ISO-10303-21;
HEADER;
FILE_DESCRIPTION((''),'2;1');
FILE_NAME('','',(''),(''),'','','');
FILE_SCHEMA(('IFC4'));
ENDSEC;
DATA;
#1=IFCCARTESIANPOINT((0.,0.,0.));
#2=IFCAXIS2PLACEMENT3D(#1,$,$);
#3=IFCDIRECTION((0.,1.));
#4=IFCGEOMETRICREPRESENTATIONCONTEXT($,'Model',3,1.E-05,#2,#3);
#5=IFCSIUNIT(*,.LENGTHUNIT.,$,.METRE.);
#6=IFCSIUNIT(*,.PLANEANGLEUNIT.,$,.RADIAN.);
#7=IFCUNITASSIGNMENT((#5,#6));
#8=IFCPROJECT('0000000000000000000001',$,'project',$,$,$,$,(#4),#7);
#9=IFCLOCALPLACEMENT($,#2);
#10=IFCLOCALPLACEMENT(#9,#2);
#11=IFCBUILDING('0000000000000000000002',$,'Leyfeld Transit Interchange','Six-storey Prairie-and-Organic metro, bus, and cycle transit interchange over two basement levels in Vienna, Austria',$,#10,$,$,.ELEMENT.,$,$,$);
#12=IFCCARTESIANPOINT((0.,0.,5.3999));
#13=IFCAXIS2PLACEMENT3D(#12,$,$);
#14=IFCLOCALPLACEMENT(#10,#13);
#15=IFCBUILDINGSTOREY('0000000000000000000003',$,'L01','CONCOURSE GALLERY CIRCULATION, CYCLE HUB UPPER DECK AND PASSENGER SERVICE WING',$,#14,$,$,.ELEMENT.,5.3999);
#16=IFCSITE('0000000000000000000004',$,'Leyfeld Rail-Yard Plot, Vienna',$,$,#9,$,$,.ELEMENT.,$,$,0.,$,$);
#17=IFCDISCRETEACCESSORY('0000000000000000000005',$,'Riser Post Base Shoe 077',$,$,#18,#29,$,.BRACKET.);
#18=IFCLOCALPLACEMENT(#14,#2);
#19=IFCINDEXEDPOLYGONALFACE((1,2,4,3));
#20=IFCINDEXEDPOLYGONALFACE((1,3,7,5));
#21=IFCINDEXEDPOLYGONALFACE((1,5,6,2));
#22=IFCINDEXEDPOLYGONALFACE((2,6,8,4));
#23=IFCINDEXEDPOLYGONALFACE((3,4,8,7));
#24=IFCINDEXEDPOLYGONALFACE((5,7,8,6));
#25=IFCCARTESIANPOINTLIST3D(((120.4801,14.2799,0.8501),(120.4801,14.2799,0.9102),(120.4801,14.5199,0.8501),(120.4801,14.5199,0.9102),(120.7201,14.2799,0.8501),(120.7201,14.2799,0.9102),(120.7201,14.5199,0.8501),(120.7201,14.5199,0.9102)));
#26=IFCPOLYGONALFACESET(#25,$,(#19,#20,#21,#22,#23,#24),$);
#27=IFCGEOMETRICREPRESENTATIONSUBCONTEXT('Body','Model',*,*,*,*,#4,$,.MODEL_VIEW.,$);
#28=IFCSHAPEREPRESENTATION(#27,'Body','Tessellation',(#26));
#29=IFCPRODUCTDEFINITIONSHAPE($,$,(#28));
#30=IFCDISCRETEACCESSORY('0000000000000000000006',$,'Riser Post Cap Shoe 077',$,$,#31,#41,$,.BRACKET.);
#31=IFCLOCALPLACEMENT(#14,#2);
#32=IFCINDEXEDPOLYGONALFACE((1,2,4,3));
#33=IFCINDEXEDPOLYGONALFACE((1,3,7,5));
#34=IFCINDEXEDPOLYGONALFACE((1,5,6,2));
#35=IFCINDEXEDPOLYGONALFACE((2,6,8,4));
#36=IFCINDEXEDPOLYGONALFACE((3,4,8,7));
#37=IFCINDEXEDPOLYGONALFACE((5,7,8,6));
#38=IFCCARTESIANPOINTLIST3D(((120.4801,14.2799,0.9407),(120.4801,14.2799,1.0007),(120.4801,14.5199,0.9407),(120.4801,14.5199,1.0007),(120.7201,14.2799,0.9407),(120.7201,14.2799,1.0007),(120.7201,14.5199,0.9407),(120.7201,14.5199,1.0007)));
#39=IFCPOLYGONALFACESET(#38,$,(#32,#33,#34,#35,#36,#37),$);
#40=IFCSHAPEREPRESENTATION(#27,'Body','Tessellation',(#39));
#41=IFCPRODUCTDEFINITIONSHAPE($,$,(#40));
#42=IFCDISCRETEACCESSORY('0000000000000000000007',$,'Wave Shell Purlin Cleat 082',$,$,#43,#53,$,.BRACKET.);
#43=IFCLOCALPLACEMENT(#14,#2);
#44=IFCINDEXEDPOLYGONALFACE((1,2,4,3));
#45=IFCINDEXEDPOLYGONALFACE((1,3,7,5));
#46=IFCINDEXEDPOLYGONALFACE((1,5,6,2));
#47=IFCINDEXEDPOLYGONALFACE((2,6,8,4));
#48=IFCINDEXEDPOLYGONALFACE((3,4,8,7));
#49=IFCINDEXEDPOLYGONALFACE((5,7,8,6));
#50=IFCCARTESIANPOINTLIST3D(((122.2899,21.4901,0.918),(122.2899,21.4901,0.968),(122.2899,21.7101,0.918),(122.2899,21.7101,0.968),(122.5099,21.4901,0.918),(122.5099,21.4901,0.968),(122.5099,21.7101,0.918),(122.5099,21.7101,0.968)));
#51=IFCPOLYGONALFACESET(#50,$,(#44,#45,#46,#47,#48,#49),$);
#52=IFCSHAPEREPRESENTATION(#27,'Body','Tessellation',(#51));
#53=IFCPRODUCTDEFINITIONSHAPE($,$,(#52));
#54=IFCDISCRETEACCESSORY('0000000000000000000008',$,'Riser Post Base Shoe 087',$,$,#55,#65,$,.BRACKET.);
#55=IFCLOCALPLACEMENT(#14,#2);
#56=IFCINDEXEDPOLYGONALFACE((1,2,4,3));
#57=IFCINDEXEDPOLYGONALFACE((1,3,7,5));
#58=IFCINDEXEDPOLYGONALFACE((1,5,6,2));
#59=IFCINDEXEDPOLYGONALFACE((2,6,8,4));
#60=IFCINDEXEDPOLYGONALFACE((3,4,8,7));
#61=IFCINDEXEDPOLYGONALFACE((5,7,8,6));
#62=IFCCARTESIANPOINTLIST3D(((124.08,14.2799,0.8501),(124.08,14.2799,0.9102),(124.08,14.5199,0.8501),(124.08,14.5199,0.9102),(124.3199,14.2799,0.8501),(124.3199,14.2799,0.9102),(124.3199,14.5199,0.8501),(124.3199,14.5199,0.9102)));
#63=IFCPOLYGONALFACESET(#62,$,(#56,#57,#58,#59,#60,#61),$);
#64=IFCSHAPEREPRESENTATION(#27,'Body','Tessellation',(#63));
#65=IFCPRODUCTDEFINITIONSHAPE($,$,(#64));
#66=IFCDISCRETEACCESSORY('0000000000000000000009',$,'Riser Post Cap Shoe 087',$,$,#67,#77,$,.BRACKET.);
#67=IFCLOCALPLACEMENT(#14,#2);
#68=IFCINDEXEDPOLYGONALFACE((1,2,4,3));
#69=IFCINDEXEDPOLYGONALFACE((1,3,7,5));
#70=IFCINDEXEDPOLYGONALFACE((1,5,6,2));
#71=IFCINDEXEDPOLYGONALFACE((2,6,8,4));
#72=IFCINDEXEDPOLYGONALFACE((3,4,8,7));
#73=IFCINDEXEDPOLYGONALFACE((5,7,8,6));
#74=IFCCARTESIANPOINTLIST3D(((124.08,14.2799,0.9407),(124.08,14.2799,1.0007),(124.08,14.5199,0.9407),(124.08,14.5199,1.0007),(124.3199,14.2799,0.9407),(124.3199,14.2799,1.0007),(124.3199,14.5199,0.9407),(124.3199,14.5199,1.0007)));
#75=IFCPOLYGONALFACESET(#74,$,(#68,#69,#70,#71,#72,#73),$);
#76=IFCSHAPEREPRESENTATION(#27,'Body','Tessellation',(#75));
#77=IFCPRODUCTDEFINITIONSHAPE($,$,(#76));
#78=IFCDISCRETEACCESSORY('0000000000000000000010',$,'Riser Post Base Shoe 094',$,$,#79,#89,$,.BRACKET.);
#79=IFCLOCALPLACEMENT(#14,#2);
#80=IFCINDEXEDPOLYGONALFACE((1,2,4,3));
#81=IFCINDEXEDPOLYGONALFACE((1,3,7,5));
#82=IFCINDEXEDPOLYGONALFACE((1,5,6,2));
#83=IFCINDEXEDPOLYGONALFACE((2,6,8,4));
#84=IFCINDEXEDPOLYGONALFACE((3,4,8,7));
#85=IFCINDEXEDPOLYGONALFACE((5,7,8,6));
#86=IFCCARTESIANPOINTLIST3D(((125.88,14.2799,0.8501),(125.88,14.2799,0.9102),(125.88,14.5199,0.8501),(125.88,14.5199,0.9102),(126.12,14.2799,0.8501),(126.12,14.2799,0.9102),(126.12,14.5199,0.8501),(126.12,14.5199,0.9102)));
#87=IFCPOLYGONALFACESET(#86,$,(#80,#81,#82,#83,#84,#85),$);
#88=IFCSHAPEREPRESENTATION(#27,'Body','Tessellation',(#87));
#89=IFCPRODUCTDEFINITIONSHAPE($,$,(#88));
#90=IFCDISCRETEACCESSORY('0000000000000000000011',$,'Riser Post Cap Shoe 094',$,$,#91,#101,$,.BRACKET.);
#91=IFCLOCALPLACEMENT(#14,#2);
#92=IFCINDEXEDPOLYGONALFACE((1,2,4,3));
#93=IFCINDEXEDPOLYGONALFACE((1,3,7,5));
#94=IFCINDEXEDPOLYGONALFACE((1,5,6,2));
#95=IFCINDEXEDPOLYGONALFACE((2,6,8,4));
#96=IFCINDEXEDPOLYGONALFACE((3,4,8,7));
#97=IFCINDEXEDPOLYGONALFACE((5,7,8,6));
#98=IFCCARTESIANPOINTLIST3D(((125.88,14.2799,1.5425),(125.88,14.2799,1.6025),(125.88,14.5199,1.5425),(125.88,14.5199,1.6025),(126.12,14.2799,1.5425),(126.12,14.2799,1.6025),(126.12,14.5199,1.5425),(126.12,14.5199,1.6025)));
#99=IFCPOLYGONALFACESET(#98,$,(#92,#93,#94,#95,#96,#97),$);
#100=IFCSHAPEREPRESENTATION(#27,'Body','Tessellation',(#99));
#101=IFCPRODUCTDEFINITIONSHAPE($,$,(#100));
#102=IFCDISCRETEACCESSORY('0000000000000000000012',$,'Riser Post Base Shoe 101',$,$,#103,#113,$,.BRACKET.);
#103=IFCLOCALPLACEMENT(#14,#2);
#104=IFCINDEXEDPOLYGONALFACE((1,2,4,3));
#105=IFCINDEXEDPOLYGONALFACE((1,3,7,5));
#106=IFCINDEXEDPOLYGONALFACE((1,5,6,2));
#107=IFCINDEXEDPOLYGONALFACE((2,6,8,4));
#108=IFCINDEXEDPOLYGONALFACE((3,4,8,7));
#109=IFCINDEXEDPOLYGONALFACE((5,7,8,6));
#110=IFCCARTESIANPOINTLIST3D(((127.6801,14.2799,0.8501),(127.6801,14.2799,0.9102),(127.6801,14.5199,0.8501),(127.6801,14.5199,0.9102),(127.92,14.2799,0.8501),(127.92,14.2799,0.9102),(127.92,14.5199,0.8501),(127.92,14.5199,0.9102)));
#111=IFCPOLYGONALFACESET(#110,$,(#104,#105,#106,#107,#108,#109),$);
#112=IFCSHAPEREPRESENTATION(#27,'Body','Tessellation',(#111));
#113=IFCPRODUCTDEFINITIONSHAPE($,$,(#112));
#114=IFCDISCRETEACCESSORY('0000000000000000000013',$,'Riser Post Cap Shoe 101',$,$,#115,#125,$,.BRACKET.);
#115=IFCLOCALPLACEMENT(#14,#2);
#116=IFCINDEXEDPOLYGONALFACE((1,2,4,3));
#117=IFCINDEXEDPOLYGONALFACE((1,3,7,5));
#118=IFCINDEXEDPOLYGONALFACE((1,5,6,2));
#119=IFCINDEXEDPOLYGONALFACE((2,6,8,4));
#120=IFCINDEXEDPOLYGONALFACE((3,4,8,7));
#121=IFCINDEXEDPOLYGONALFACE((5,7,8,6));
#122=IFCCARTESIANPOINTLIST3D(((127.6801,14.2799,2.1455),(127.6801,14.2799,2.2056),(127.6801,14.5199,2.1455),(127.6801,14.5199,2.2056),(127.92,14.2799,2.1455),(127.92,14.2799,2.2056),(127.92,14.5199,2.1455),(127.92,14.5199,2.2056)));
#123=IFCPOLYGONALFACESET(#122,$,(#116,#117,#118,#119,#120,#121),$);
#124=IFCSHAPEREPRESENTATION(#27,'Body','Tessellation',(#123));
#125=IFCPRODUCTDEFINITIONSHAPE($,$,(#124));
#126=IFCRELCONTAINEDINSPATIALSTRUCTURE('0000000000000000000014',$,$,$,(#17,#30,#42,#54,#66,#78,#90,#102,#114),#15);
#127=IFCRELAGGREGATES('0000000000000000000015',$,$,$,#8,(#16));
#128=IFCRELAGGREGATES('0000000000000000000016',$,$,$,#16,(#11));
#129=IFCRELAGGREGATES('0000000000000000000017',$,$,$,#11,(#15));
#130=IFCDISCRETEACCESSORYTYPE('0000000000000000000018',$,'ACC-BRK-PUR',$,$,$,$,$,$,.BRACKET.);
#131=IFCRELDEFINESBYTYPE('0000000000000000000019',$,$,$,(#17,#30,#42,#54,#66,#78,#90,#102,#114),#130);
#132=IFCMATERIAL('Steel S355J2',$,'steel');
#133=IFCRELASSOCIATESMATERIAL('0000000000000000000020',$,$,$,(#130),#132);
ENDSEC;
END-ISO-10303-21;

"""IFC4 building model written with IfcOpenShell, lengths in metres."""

from ifc_helpers import new_model, si_unit, direction, frame, origin, origin_2d, place, context, subcontext, project, spatial, rectangle, extrude, material, type_object, element, save


model = new_model("IFC4")

# Units and contexts
model_context = context("Model", 3, precision=1e-05, world=origin(), true_north=direction((0.0, 1.0)))
body_context = subcontext(model_context, "Body", "Model", "MODEL_VIEW")
ifc_project = project(units=[si_unit("LENGTHUNIT", "METRE"), si_unit("PLANEANGLEUNIT", "RADIAN")], contexts=[model_context])

# Site, building, storey
site_placement = place(None, origin())
site = spatial("IfcSite", under=ifc_project, at=site_placement, Name="Leyfeld Rail-Yard Plot, Vienna", CompositionType="ELEMENT", RefElevation=0.0)
building_placement = place(site_placement, origin())
building = spatial("IfcBuilding", under=site, at=building_placement, Name="Leyfeld Transit Interchange", Description="Six-storey Prairie-and-Organic metro, bus, and cycle transit interchange over two basement levels in Vienna, Austria", CompositionType="ELEMENT")
storey_placement = place(building_placement, frame((0.0, 0.0, 5.3999)))
storey = spatial("IfcBuildingStorey", under=building, at=storey_placement, Name="L01", Description="CONCOURSE GALLERY CIRCULATION, CYCLE HUB UPPER DECK AND PASSENGER SERVICE WING", CompositionType="ELEMENT", Elevation=5.3999)

# Shared definitions
ifc_material_1 = material(Name="Steel S355J2", Category="steel")

# Discrete accessories
discrete_accessory_type = type_object("IfcDiscreteAccessoryType", Name="ACC-BRK-PUR", PredefinedType="BRACKET", material=ifc_material_1)
for number, where, z_axis, x_axis, name in (
    (1, (120.6001, 14.3999, 0.8501), (0.0, 0.0, 1.0), (1.0, 0.0, 0.0), "Riser Post Base Shoe 077"),
    (2, (120.6001, 14.3999, 0.9407), (0.0, 0.0, 1.0), (1.0, 0.0, 0.0), "Riser Post Cap Shoe 077"),
):
    element("IfcDiscreteAccessory", number, at=place(storey_placement, frame(where, z_axis=z_axis, x_axis=x_axis)), inside=storey, type_object=discrete_accessory_type, Name=name, PredefinedType="BRACKET", context=body_context, shape_type="SweptSolid", body=[
        extrude(rectangle(XDim=0.24, YDim=0.24, at=origin_2d()), origin(), (0.0, 0.0, 1.0), 0.0601),
    ])
discrete_accessory_1_placement = place(storey_placement, frame((122.3999, 21.6001, 0.918), z_axis=(0.0, 0.0, 1.0), x_axis=(1.0, 0.0, 0.0)))
element("IfcDiscreteAccessory", 3, at=discrete_accessory_1_placement, inside=storey, type_object=discrete_accessory_type, Name="Wave Shell Purlin Cleat 082", PredefinedType="BRACKET", context=body_context, shape_type="SweptSolid", body=[
    extrude(rectangle(XDim=0.22, YDim=0.22, at=origin_2d()), origin(), (0.0, 0.0, 1.0), 0.05),
])
for number, where, z_axis, x_axis, name in (
    (4, (124.2, 14.3999, 0.8501), (0.0, 0.0, 1.0), (1.0, 0.0, 0.0), "Riser Post Base Shoe 087"),
    (5, (124.2, 14.3999, 0.9407), (0.0, 0.0, 1.0), (1.0, 0.0, 0.0), "Riser Post Cap Shoe 087"),
    (6, (126.0, 14.3999, 0.8501), (0.0, 0.0, 1.0), (1.0, 0.0, 0.0), "Riser Post Base Shoe 094"),
    (7, (126.0, 14.3999, 1.5425), (0.0, 0.0, 1.0), (1.0, 0.0, 0.0), "Riser Post Cap Shoe 094"),
    (8, (127.8, 14.3999, 0.8501), (0.0, 0.0, 1.0), (1.0, 0.0, 0.0), "Riser Post Base Shoe 101"),
    (9, (127.8, 14.3999, 2.1455), (0.0, 0.0, 1.0), (1.0, 0.0, 0.0), "Riser Post Cap Shoe 101"),
):
    element("IfcDiscreteAccessory", number, at=place(storey_placement, frame(where, z_axis=z_axis, x_axis=x_axis)), inside=storey, type_object=discrete_accessory_type, Name=name, PredefinedType="BRACKET", context=body_context, shape_type="SweptSolid", body=[
        extrude(rectangle(XDim=0.24, YDim=0.24, at=origin_2d()), origin(), (0.0, 0.0, 1.0), 0.0601),
    ])

save(model, "model.ifc")
